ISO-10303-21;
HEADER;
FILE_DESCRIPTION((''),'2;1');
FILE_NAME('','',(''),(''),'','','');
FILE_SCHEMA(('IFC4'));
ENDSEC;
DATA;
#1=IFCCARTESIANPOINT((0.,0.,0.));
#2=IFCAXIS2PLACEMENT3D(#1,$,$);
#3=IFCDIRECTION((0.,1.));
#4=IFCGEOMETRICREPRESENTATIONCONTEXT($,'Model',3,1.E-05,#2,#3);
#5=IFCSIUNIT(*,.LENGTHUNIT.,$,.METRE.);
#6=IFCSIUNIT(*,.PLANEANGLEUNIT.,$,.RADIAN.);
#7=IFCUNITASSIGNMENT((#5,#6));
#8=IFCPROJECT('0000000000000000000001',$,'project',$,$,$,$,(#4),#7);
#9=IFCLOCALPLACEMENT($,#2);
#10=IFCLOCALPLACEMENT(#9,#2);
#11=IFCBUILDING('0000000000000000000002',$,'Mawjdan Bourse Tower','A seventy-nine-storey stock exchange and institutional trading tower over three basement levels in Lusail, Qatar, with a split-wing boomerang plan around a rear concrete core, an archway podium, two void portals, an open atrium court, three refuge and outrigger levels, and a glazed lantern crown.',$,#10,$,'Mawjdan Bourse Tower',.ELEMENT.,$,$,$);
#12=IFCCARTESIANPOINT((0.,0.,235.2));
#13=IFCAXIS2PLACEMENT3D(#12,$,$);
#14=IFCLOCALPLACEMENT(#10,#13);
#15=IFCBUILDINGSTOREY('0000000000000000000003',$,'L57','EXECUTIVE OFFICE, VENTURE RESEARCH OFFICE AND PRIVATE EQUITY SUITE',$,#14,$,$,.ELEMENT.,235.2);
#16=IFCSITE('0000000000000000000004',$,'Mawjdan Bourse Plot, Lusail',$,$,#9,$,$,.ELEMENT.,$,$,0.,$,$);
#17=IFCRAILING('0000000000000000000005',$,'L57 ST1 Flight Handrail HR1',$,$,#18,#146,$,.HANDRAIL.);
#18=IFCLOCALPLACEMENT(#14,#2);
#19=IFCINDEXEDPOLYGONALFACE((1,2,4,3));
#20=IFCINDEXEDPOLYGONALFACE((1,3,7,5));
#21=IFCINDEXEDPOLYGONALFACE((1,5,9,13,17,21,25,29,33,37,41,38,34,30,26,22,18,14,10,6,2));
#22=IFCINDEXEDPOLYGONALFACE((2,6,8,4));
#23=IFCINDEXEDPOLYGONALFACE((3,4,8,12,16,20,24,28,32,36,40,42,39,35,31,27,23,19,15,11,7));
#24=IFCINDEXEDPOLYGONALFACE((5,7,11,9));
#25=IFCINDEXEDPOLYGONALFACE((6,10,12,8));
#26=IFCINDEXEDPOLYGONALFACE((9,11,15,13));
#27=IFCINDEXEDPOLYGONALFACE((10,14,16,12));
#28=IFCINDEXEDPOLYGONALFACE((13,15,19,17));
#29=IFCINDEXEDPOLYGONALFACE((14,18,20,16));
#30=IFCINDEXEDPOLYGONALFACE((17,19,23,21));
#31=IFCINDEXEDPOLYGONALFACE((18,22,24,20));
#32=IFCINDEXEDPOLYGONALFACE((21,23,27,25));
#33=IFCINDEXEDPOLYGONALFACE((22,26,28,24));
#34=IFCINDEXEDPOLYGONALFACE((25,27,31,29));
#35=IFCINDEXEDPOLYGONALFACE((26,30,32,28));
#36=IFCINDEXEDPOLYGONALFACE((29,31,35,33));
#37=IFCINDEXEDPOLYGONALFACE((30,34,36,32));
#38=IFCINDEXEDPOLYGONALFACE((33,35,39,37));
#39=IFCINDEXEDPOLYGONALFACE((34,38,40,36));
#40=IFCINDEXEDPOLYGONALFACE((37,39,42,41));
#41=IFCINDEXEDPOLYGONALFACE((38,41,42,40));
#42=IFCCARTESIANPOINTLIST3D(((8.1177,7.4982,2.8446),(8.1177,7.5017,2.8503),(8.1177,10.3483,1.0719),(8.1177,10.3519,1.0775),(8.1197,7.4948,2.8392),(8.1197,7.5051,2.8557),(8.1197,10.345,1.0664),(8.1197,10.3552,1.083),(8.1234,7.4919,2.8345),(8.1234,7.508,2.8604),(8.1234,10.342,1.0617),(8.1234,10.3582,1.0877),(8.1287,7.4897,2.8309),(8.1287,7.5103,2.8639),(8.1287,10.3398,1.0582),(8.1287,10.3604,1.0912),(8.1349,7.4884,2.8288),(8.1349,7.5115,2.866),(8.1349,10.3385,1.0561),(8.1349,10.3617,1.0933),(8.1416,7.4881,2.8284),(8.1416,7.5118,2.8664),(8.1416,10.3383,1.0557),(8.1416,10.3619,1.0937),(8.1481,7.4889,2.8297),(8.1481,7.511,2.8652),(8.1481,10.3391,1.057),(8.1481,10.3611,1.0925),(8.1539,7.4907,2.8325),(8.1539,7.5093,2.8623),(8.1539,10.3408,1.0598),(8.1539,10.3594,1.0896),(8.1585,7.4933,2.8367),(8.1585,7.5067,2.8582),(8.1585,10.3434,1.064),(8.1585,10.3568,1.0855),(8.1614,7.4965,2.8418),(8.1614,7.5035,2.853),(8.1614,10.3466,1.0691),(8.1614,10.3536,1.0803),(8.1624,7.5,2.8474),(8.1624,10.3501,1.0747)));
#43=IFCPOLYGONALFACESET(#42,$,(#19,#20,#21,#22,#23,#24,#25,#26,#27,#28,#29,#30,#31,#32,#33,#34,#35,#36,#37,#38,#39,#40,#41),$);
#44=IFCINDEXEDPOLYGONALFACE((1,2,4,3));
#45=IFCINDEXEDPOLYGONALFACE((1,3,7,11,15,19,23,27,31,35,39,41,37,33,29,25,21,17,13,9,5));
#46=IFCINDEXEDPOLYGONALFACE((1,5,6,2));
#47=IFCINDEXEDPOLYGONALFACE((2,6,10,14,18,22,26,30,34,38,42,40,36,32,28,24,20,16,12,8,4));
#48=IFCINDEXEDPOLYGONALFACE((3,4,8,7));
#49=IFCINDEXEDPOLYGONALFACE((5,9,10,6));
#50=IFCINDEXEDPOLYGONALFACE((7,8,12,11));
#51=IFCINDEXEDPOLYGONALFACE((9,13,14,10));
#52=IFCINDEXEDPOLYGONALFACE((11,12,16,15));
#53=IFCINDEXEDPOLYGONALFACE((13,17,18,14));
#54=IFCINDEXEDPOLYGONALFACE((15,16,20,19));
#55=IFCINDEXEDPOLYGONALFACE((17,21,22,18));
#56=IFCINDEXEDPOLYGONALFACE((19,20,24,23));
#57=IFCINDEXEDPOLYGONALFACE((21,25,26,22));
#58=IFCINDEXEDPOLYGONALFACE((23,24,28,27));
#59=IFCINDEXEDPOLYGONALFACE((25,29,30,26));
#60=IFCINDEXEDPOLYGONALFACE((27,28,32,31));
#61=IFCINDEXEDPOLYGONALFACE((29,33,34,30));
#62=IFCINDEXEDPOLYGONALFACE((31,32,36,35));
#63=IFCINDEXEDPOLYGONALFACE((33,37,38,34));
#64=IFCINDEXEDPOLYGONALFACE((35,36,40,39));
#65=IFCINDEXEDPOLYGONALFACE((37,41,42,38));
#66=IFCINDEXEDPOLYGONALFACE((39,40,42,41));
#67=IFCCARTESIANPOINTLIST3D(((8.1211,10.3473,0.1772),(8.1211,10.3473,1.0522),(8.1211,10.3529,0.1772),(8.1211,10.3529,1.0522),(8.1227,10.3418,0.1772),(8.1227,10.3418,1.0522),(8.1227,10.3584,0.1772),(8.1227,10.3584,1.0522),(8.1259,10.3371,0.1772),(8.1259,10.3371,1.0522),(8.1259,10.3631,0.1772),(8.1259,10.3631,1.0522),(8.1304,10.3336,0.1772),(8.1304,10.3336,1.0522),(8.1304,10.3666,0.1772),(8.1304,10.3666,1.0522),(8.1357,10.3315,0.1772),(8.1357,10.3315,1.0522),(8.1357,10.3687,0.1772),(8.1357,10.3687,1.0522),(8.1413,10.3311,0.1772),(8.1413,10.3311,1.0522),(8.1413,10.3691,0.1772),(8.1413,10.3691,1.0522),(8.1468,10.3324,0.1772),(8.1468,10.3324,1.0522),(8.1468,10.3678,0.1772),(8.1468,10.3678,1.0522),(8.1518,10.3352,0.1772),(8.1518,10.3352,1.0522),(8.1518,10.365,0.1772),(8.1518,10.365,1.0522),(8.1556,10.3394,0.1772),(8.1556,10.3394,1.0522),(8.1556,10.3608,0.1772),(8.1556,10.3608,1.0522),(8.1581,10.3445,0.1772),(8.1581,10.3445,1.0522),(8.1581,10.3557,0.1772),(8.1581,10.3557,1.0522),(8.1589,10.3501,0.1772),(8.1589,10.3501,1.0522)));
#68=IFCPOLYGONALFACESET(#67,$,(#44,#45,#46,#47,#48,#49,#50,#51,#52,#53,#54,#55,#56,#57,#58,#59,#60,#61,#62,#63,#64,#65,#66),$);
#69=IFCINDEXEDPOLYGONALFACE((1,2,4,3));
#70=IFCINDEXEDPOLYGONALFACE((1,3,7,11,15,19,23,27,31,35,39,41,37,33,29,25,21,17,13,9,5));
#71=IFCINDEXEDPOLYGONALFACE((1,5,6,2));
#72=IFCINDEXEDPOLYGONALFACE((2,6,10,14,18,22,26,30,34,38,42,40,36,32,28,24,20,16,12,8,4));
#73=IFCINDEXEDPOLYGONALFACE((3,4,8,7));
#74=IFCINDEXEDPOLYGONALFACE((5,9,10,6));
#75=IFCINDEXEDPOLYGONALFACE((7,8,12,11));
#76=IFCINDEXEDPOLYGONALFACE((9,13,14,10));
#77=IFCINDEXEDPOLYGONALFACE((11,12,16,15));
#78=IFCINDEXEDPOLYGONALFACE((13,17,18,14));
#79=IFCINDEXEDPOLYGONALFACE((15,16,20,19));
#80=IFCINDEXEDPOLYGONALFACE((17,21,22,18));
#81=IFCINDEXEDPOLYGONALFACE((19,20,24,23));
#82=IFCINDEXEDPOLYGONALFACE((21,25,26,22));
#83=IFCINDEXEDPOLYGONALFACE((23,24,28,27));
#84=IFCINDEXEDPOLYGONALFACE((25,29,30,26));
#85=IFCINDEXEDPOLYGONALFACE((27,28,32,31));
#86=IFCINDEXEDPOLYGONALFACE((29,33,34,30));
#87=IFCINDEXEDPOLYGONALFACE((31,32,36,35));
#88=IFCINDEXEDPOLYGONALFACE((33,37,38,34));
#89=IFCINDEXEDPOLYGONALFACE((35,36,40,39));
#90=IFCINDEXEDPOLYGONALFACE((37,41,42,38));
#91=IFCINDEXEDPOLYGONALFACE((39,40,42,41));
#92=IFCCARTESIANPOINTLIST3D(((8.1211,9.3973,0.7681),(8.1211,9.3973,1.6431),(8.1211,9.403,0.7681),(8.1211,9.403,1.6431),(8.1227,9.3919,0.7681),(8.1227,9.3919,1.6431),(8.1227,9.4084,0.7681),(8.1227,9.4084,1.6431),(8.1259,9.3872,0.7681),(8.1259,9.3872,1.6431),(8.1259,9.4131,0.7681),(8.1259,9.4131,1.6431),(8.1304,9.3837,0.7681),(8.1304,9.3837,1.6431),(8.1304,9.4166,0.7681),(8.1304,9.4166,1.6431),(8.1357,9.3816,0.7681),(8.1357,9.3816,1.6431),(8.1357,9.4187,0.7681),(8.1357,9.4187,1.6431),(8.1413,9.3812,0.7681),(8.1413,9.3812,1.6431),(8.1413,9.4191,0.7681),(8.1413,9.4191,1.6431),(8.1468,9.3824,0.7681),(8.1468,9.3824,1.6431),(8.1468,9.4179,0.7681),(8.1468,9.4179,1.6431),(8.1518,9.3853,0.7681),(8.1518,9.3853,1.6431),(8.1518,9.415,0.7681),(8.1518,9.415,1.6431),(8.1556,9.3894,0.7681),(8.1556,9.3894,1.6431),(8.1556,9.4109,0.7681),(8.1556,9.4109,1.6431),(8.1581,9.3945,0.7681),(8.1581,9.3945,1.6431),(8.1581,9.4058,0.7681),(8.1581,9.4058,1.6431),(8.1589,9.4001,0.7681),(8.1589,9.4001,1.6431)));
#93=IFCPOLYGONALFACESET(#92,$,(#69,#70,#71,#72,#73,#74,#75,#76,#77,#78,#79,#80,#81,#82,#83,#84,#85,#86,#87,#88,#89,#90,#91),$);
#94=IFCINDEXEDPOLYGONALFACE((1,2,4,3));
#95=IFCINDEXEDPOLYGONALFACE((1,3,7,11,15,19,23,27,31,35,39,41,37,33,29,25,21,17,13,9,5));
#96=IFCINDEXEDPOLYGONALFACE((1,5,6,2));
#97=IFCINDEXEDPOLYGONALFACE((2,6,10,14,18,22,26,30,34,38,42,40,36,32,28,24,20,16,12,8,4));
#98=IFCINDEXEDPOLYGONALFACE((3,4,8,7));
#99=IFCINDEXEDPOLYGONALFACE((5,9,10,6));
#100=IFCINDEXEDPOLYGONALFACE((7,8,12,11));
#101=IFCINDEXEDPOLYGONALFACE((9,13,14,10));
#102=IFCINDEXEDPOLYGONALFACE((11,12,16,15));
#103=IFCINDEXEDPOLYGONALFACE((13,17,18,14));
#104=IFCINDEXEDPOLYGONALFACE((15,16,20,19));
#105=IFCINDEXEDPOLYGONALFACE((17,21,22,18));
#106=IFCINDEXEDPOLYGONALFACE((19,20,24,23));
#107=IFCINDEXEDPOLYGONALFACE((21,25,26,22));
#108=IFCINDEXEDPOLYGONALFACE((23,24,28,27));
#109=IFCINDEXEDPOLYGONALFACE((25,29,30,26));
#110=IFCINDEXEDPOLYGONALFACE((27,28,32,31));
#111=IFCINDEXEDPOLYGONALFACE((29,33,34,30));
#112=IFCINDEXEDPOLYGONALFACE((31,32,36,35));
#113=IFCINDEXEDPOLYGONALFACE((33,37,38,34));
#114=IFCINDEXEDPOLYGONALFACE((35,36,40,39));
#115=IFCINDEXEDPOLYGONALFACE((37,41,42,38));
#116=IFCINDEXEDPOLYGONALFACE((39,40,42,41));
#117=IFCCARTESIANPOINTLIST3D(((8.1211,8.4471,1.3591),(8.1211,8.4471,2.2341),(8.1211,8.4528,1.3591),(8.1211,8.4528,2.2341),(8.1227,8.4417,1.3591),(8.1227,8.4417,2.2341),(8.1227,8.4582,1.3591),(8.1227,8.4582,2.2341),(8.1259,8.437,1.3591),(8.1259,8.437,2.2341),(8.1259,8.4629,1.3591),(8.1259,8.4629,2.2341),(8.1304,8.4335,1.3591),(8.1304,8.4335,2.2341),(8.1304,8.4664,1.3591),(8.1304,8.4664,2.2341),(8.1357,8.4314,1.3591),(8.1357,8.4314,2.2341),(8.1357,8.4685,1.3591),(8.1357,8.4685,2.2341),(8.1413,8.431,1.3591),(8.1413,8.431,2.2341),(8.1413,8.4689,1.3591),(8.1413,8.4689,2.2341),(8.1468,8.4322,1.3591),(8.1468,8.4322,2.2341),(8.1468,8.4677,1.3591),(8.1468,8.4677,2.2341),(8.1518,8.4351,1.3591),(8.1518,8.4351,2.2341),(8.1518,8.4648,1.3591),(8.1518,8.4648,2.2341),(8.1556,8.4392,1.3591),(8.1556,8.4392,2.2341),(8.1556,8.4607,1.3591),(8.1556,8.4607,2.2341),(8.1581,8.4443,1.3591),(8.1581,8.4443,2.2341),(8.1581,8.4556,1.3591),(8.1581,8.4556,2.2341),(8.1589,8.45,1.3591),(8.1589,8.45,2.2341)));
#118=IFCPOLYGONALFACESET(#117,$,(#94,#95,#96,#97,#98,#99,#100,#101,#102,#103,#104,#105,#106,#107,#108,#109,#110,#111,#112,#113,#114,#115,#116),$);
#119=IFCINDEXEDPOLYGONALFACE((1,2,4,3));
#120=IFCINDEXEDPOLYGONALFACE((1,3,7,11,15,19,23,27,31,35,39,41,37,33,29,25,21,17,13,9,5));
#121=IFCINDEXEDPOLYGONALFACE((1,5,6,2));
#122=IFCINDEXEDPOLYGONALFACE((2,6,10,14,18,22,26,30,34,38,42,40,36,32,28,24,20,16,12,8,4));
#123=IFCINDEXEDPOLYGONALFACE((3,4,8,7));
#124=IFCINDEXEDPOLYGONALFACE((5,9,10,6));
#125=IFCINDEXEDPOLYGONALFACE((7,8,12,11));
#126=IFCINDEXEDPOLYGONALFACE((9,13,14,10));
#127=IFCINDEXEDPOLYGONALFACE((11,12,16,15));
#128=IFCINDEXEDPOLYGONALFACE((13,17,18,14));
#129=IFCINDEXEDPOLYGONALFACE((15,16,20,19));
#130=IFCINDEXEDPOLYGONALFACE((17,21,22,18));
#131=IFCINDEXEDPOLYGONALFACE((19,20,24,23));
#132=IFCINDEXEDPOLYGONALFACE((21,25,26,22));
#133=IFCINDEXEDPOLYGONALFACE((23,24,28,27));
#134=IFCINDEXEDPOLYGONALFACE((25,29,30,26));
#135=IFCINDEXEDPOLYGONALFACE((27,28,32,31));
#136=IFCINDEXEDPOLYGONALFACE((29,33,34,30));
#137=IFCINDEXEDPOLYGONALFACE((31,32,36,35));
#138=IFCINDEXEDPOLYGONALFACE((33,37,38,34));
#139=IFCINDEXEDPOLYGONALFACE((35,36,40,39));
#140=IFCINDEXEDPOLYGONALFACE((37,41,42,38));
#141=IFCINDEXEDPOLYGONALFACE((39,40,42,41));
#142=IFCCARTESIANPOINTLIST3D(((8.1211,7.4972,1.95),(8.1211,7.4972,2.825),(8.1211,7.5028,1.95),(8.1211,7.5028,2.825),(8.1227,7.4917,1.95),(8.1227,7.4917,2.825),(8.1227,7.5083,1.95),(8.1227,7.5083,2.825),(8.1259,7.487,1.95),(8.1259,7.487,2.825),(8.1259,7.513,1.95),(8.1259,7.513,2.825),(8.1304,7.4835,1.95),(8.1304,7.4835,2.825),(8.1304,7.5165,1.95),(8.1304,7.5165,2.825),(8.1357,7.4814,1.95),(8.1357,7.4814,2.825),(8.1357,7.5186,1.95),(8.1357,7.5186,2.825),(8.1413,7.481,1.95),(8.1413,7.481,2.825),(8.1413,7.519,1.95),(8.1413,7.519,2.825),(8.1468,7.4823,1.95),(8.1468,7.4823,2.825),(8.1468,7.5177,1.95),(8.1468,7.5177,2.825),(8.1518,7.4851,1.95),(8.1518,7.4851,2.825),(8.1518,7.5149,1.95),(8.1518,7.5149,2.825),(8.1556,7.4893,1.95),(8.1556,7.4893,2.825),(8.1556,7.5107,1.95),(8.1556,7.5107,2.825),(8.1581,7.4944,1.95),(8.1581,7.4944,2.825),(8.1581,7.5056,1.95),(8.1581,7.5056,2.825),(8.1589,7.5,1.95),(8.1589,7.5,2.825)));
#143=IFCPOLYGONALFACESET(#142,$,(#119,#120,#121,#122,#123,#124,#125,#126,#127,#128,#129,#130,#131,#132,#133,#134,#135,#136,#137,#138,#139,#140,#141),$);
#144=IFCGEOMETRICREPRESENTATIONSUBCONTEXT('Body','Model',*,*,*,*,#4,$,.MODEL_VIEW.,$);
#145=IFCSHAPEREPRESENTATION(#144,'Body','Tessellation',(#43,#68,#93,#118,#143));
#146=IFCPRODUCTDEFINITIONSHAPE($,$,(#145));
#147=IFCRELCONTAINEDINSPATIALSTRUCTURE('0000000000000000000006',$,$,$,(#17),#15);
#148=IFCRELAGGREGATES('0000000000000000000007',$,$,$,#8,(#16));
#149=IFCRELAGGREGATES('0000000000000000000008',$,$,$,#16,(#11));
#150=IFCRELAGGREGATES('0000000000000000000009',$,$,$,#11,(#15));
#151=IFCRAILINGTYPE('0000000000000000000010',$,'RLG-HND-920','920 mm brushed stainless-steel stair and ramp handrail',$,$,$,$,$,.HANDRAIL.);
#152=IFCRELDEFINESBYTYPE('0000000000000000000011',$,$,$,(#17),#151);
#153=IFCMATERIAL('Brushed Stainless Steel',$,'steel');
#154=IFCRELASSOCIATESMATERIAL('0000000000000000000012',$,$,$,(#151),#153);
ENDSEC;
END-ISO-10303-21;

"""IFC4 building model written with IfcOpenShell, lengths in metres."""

from ifc_helpers import new_model, si_unit, direction, frame, origin, origin_2d, place, context, subcontext, project, spatial, circle, extrude, material, type_object, element, save


model = new_model("IFC4")

# Units and contexts
model_context = context("Model", 3, precision=1e-05, world=origin(), true_north=direction((0.0, 1.0)))
body_context = subcontext(model_context, "Body", "Model", "MODEL_VIEW")
ifc_project = project(units=[si_unit("LENGTHUNIT", "METRE"), si_unit("PLANEANGLEUNIT", "RADIAN")], contexts=[model_context])

# Site, building, storey
site_placement = place(None, origin())
site = spatial("IfcSite", under=ifc_project, at=site_placement, Name="Mawjdan Bourse Plot, Lusail", CompositionType="ELEMENT", RefElevation=0.0)
building_placement = place(site_placement, origin())
building = spatial("IfcBuilding", under=site, at=building_placement, Name="Mawjdan Bourse Tower", Description="A seventy-nine-storey stock exchange and institutional trading tower over three basement levels in Lusail, Qatar, with a split-wing boomerang plan around a rear concrete core, an archway podium, two void portals, an open atrium court, three refuge and outrigger levels, and a glazed lantern crown.", LongName="Mawjdan Bourse Tower", CompositionType="ELEMENT")
storey_placement = place(building_placement, frame((0.0, 0.0, 235.2)))
storey = spatial("IfcBuildingStorey", under=building, at=storey_placement, Name="L57", Description="EXECUTIVE OFFICE, VENTURE RESEARCH OFFICE AND PRIVATE EQUITY SUITE", CompositionType="ELEMENT", Elevation=235.2)

# Railing
ifc_material_1 = material(Name="Brushed Stainless Steel", Category="steel")
railing_type_1 = type_object("IfcRailingType", Name="RLG-HND-920", Description="920 mm brushed stainless-steel stair and ramp handrail", PredefinedType="HANDRAIL", material=ifc_material_1)
railing_placement = place(storey_placement, frame((8.1399, 10.3501, 0.1772)))
element("IfcRailing", 1, at=railing_placement, inside=storey, type_object=railing_type_1, Name="L57 ST1 Flight Handrail HR1", PredefinedType="HANDRAIL", context=body_context, shape_type="SweptSolid", body=[
    extrude(circle(Radius=0.0225, at=origin_2d()), frame((0.0, 0.0, 0.8975), z_axis=(0.0, -0.849149, 0.528154), x_axis=(1.0, 0.0, 0.0)), (0.0, 0.0, 1.0), 3.3564),
    extrude(circle(Radius=0.019, at=origin_2d()), origin(), (0.0, 0.0, 1.0), 0.875),
    extrude(circle(Radius=0.019, at=origin_2d()), frame((0.0, -0.95, 0.5908)), (0.0, 0.0, 1.0), 0.875),
    extrude(circle(Radius=0.019, at=origin_2d()), frame((0.0, -1.9001, 1.1819)), (0.0, 0.0, 1.0), 0.875),
    extrude(circle(Radius=0.019, at=origin_2d()), frame((0.0, -2.8501, 1.7727)), (0.0, 0.0, 1.0), 0.875),
])

save(model, "model.ifc")
